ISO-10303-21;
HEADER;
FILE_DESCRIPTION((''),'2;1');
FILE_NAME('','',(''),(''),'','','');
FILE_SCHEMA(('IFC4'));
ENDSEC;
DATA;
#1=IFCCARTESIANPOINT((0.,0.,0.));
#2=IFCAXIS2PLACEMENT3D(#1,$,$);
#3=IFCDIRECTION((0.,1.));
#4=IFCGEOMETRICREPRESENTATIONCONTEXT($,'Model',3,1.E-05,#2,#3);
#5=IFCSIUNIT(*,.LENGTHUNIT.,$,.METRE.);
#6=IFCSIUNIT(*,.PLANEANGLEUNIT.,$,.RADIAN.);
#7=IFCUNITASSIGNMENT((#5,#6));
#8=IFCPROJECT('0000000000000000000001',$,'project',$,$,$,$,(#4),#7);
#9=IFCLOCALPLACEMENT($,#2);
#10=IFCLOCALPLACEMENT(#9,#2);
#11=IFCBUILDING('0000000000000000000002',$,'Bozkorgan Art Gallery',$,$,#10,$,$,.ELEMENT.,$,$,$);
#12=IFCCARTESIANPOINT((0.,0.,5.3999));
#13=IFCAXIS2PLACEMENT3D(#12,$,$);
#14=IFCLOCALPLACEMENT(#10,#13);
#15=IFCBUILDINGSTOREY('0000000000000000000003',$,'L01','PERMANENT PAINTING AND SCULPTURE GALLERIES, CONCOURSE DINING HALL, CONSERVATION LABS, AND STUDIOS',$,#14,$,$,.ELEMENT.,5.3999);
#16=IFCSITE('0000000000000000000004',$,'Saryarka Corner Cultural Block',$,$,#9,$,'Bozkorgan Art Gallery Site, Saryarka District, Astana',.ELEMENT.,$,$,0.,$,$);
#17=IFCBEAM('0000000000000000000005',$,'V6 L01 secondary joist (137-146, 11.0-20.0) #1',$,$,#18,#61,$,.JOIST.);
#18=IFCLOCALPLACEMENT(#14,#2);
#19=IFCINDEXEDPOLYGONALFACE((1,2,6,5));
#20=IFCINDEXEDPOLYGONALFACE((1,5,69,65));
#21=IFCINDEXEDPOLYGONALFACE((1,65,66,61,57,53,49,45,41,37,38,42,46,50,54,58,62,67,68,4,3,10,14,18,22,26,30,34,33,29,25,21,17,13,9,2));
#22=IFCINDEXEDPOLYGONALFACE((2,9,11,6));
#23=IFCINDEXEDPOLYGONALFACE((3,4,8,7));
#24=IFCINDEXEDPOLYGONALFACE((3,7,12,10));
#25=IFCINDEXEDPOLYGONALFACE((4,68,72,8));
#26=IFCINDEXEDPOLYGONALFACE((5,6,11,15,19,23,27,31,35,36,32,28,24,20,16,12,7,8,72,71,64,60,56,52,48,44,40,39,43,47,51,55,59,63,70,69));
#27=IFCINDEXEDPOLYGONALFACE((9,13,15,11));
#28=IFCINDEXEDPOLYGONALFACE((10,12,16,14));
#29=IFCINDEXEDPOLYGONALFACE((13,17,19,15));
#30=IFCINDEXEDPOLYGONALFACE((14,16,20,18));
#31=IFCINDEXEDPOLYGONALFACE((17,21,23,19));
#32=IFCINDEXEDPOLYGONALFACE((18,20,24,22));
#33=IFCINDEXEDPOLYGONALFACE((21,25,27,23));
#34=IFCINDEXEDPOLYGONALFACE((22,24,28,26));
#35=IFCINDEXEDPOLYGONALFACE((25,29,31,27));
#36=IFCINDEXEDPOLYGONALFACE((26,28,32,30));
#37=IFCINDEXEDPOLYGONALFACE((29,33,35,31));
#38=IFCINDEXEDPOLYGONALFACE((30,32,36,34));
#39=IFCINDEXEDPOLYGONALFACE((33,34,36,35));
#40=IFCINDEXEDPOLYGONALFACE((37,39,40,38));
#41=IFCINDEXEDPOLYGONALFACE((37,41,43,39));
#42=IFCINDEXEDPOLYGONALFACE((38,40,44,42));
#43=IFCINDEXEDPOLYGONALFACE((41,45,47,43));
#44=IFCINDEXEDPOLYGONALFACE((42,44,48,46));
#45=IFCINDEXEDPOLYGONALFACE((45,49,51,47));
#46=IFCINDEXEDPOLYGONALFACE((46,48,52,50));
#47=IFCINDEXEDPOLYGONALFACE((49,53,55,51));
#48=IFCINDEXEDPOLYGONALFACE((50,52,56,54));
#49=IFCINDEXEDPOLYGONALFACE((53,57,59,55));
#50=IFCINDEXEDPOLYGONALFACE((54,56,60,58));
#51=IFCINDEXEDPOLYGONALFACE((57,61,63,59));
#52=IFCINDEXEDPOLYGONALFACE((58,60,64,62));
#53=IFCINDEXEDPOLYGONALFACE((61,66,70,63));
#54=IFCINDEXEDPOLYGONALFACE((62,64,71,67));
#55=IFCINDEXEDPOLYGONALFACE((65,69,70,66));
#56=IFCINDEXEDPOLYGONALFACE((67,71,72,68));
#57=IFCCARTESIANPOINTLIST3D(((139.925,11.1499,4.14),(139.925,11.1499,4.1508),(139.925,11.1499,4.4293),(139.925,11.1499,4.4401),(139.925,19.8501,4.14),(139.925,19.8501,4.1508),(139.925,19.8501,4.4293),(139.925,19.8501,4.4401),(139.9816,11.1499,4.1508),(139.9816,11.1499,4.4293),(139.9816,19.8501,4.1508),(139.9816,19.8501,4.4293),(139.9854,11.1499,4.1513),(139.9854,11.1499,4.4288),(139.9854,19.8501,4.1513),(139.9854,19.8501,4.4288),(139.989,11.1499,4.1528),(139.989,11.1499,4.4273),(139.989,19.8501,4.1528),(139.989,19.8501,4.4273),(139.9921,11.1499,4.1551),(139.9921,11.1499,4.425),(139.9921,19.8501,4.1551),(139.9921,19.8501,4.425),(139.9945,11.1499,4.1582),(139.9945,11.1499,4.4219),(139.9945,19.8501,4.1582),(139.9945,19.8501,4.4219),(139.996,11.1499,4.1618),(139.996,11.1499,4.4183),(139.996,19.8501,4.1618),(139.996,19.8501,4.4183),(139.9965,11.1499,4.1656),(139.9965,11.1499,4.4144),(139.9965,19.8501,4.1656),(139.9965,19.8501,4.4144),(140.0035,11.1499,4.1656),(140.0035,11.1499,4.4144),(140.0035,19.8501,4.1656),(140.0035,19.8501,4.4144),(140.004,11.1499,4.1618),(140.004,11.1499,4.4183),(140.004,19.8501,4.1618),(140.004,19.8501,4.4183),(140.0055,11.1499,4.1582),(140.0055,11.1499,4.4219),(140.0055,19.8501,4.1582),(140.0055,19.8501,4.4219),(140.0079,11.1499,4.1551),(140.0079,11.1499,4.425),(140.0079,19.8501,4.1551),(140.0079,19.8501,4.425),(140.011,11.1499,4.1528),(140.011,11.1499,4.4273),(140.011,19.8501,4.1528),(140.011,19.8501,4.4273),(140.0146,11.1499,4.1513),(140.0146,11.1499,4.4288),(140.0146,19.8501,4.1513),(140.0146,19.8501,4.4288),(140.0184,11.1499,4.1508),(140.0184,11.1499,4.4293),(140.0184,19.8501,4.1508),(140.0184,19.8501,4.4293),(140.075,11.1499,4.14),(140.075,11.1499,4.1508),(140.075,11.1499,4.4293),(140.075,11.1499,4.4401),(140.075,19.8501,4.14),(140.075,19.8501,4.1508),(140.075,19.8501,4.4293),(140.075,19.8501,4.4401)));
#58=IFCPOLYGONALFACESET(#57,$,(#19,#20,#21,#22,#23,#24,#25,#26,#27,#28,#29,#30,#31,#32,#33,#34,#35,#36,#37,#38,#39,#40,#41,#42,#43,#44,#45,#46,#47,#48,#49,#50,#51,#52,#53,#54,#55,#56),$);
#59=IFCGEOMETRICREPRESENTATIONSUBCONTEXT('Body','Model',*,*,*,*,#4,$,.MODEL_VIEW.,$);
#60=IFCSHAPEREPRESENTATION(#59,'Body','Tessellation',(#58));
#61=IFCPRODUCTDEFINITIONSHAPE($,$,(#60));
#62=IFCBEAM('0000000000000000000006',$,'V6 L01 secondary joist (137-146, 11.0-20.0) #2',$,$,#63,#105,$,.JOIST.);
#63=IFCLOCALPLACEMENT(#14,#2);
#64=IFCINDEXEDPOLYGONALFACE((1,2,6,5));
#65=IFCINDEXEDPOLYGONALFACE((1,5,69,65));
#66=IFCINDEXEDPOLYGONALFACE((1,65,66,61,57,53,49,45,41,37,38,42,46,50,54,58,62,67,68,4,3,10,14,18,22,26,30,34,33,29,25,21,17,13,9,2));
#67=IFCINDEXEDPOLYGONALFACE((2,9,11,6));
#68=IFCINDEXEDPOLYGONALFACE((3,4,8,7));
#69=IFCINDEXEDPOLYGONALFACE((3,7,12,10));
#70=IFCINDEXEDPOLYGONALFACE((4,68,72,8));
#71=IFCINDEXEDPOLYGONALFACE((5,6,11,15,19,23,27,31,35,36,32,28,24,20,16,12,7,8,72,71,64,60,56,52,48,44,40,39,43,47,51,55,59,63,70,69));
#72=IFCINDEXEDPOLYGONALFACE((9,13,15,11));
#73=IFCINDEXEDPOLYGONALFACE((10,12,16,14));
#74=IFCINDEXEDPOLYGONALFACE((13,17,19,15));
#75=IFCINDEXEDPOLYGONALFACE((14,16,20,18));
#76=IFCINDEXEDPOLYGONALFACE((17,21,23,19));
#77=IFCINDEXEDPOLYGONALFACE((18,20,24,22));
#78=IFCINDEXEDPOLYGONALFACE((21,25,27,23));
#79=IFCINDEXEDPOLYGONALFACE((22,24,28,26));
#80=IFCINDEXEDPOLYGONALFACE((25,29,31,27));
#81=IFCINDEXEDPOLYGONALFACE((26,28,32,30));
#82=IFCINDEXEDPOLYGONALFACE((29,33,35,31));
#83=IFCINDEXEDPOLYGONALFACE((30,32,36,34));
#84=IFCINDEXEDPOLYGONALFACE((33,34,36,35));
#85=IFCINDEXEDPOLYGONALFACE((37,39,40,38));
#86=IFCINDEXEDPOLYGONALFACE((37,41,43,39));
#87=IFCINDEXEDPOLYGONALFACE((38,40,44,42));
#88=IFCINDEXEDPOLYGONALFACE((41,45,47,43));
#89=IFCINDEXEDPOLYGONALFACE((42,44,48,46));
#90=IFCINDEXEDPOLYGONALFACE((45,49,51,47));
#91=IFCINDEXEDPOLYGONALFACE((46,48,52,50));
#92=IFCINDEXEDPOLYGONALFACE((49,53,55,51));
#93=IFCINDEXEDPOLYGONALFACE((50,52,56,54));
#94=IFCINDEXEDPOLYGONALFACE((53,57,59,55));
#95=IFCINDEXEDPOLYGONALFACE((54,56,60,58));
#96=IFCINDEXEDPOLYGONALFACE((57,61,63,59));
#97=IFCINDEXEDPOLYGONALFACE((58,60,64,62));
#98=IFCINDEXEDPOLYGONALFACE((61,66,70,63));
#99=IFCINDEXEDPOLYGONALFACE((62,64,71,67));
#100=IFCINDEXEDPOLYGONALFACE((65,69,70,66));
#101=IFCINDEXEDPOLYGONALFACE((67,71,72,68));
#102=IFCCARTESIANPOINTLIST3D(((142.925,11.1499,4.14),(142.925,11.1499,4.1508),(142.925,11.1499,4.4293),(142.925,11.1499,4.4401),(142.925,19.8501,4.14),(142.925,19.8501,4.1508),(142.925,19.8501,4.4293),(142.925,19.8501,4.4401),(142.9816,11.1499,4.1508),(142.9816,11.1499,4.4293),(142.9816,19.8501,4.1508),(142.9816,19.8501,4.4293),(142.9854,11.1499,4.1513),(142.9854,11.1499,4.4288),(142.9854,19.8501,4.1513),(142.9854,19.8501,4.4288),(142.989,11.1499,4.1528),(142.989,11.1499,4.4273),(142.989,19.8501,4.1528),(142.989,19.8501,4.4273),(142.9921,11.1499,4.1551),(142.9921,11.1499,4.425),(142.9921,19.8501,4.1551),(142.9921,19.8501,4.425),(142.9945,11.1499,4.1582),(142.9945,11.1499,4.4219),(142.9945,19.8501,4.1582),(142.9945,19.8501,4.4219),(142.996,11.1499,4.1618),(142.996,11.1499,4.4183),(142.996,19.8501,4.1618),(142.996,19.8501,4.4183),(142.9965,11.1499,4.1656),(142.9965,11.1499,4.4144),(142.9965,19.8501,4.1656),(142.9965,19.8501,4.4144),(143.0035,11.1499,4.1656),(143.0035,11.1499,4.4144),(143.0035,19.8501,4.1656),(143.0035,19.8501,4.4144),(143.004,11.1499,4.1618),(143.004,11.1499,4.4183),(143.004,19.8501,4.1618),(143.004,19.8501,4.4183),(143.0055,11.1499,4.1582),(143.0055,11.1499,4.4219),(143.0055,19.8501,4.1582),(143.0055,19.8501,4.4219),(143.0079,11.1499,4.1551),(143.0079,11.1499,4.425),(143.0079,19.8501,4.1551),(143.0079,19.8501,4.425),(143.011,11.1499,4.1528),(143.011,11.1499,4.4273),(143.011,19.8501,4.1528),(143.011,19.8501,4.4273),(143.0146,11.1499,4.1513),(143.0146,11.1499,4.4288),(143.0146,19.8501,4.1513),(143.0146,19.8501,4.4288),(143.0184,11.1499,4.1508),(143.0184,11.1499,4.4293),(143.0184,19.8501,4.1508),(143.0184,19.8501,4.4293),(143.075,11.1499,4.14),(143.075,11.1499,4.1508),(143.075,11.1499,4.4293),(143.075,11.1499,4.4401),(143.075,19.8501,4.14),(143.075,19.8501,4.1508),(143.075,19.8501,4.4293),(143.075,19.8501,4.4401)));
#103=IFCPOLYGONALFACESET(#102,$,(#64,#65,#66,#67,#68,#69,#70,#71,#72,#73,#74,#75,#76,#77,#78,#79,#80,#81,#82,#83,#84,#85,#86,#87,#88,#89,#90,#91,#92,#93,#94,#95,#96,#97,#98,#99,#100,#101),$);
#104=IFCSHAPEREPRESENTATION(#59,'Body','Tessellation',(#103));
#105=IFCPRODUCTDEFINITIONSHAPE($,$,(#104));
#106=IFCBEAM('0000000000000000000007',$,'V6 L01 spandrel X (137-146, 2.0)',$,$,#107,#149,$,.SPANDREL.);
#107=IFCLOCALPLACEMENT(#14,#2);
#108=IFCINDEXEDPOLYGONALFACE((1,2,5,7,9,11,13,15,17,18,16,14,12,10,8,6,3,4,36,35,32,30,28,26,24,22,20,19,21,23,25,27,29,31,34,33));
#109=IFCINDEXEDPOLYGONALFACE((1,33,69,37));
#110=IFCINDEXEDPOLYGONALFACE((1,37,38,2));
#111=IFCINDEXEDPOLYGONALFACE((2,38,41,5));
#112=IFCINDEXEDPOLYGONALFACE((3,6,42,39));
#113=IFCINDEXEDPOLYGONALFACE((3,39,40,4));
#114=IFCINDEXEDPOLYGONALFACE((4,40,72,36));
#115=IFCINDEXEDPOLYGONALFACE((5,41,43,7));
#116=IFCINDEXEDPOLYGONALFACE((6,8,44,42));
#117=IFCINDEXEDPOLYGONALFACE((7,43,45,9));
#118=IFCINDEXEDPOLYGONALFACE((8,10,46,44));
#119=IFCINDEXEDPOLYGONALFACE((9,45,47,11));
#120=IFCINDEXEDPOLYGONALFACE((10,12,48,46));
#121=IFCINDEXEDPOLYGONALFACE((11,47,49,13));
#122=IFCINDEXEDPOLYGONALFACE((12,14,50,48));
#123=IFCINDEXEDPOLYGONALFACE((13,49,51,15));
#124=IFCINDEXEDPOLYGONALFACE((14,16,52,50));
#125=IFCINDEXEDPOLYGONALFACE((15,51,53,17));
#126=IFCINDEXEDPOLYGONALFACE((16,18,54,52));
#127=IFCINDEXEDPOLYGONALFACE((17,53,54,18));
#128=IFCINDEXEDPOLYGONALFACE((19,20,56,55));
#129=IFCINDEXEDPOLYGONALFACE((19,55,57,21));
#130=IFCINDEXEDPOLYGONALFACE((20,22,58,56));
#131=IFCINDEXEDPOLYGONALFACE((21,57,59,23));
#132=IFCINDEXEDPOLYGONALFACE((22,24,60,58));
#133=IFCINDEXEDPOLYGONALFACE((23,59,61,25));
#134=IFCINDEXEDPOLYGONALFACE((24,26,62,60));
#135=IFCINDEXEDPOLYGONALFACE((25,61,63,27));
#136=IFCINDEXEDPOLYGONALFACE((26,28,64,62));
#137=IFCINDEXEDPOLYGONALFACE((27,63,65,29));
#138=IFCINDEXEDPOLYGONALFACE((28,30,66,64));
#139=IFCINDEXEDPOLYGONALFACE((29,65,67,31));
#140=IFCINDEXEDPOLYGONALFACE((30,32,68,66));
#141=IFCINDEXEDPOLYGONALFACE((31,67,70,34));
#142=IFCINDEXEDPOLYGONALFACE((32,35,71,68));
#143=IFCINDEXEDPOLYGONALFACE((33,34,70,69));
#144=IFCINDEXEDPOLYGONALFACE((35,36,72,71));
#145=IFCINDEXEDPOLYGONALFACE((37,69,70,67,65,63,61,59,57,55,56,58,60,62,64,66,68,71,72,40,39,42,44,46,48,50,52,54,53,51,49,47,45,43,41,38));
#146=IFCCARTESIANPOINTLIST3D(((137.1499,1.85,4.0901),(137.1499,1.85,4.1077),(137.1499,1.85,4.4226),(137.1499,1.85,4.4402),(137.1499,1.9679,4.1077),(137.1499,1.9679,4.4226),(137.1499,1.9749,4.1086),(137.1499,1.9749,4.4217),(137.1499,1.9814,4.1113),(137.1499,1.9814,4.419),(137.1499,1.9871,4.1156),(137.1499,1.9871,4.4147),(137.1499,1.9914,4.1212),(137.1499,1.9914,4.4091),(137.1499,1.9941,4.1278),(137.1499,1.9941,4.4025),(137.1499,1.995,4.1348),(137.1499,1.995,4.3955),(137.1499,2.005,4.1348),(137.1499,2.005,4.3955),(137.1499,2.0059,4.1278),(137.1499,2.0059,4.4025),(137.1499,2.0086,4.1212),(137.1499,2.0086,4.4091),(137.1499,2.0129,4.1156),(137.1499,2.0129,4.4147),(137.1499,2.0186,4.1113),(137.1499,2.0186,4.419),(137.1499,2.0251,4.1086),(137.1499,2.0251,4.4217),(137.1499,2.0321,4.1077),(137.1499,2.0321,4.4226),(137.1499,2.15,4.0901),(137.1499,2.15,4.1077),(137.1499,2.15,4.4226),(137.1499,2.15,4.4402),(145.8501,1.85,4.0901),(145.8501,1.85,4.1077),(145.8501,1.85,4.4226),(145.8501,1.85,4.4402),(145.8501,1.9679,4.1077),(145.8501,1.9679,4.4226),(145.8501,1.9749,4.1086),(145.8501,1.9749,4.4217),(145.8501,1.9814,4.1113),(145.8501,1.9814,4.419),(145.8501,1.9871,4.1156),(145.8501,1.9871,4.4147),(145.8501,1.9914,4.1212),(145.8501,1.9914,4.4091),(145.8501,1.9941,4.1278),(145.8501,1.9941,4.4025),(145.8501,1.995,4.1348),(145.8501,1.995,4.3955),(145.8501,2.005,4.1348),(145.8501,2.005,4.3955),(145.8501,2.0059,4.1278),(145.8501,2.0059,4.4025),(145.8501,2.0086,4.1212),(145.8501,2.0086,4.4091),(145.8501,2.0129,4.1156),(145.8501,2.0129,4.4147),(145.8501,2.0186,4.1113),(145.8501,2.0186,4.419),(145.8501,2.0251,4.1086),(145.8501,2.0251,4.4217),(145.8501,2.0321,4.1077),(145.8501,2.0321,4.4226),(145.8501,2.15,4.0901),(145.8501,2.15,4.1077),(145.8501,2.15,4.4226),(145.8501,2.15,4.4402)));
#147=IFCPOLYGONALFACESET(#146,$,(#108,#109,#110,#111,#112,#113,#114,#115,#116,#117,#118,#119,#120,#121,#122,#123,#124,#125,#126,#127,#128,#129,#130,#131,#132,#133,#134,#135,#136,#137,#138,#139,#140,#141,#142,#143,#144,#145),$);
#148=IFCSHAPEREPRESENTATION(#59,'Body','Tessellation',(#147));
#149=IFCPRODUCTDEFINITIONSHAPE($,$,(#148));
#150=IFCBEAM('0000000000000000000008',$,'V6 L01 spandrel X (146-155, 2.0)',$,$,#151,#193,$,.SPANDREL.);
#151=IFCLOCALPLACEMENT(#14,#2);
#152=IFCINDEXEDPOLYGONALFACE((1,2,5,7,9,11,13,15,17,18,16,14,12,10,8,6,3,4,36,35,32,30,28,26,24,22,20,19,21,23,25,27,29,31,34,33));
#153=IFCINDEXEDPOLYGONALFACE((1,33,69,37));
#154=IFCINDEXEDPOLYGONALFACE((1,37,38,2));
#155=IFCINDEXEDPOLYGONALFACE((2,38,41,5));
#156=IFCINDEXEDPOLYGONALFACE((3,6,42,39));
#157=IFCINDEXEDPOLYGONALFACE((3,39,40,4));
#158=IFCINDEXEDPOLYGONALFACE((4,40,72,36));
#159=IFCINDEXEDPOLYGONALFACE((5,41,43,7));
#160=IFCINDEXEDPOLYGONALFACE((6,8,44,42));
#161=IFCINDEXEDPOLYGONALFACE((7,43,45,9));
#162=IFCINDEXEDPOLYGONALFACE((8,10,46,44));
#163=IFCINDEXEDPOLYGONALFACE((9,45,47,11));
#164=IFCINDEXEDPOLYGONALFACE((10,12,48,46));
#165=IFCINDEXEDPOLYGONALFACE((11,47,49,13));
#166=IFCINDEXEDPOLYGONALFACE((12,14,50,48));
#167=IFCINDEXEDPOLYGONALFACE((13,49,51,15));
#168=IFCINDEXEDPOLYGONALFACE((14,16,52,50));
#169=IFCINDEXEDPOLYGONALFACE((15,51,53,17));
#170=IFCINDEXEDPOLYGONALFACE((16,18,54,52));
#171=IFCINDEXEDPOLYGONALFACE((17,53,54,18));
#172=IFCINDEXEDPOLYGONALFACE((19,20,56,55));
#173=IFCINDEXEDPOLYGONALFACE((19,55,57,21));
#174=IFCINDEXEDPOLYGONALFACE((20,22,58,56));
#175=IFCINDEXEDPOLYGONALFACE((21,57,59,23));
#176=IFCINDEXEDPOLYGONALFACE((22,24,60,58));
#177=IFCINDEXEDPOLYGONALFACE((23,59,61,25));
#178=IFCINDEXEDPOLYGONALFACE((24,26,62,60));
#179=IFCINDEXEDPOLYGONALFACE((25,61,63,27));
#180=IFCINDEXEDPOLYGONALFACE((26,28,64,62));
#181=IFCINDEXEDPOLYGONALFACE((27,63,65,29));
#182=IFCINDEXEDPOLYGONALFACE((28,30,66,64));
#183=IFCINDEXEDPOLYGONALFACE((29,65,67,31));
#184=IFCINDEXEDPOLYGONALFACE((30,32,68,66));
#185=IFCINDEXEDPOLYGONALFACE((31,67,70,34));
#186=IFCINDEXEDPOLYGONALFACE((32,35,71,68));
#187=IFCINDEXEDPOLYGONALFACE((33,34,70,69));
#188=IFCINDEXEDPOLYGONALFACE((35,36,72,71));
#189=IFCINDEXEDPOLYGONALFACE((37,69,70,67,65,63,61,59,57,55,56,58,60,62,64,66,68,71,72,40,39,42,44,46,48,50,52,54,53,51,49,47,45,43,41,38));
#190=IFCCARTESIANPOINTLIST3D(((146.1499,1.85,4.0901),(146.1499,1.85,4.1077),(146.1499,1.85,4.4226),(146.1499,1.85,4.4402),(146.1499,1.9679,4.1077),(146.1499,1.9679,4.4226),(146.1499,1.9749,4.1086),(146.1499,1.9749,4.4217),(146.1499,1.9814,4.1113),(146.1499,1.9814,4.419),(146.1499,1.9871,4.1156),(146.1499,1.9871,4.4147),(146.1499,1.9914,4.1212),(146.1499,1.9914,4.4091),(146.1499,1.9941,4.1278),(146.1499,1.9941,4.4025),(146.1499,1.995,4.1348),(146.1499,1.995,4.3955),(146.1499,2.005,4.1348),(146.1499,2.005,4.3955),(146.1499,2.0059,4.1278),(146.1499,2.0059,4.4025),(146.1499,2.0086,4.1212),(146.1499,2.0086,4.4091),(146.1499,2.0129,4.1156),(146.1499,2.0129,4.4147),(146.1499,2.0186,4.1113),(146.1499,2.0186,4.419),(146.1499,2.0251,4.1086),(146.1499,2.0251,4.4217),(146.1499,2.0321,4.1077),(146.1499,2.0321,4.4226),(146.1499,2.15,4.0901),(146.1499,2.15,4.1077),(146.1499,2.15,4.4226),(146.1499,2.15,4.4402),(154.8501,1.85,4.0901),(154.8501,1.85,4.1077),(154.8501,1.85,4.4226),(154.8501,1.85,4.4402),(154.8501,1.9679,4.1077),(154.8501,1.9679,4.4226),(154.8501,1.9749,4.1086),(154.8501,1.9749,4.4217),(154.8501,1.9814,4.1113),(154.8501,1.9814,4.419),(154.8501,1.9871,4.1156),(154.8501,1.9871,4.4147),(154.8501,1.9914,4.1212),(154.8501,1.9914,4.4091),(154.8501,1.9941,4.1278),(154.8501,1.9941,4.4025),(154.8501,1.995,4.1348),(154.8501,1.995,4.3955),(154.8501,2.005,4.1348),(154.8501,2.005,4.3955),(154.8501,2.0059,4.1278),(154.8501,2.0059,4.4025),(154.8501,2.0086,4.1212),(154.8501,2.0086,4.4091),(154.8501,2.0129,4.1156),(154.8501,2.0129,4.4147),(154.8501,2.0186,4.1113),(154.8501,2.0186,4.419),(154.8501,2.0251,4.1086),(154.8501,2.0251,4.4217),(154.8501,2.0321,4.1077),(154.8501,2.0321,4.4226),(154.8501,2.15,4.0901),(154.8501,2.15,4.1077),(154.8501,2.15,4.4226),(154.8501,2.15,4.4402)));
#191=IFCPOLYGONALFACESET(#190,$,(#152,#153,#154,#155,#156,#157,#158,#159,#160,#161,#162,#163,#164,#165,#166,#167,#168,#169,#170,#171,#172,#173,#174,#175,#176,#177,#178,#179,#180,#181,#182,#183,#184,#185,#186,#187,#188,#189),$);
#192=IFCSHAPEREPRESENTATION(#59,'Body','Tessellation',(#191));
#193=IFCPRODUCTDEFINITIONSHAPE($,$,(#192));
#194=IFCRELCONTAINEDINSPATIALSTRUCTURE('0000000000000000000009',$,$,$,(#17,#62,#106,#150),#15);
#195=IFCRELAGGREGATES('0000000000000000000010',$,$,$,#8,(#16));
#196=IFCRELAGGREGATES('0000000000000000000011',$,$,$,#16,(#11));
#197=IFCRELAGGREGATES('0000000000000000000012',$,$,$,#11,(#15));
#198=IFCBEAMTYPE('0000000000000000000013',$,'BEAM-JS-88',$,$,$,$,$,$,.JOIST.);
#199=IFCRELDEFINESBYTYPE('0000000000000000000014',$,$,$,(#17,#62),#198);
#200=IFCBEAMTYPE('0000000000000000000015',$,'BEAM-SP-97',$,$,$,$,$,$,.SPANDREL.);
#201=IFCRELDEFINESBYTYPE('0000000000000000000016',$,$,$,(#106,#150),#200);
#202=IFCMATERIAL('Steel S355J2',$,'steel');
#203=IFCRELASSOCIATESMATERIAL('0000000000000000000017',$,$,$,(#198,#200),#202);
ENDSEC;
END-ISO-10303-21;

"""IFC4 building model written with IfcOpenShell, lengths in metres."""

from ifc_helpers import new_model, si_unit, direction, frame, origin, origin_2d, place, context, subcontext, project, spatial, i_section, extrude, material, material_profile, profile_set, type_object, element, save


model = new_model("IFC4")

# Units and contexts
model_context = context("Model", 3, precision=1e-05, world=origin(), true_north=direction((0.0, 1.0)))
body_context = subcontext(model_context, "Body", "Model", "MODEL_VIEW")
ifc_project = project(units=[si_unit("LENGTHUNIT", "METRE"), si_unit("PLANEANGLEUNIT", "RADIAN")], contexts=[model_context])

# Site, building, storey
site_placement = place(None, origin())
site = spatial("IfcSite", under=ifc_project, at=site_placement, Name="Saryarka Corner Cultural Block", LongName="Bozkorgan Art Gallery Site, Saryarka District, Astana", CompositionType="ELEMENT", RefElevation=0.0)
building_placement = place(site_placement, origin())
building = spatial("IfcBuilding", under=site, at=building_placement, Name="Bozkorgan Art Gallery", CompositionType="ELEMENT")
storey_placement = place(building_placement, frame((0.0, 0.0, 5.3999)))
storey = spatial("IfcBuildingStorey", under=building, at=storey_placement, Name="L01", Description="PERMANENT PAINTING AND SCULPTURE GALLERIES, CONCOURSE DINING HALL, CONSERVATION LABS, AND STUDIOS", CompositionType="ELEMENT", Elevation=5.3999)

# Shared definitions
ifc_material_1 = material(Name="Steel S355J2", Category="steel")

# Beams
ifc_material_profile_1 = material_profile(ifc_material_1, i_section(OverallWidth=0.1499, OverallDepth=0.3, WebThickness=0.0071, FlangeThickness=0.0107, FilletRadius=0.0149, at=origin_2d()), Name="IPE 300")
ifc_profile_set_1 = profile_set([ifc_material_profile_1], Name="Steel S355J2")
beam_type_1 = type_object("IfcBeamType", Name="BEAM-JS-88", PredefinedType="JOIST", material=ifc_profile_set_1)
for number, where, z_axis, x_axis, name in (
    (1, (140.0, 11.1499, 4.29), (0.0, 1.0, 0.0), (-1.0, 0.0, 0.0), "V6 L01 secondary joist (137-146, 11.0-20.0) #1"),
    (2, (143.0, 11.1499, 4.29), (0.0, 1.0, 0.0), (-1.0, 0.0, 0.0), "V6 L01 secondary joist (137-146, 11.0-20.0) #2"),
):
    element("IfcBeam", number, at=place(storey_placement, frame(where, z_axis=z_axis, x_axis=x_axis)), inside=storey, type_object=beam_type_1, Name=name, PredefinedType="JOIST", context=body_context, shape_type="SweptSolid", body=[
        extrude(i_section(OverallWidth=0.1499, OverallDepth=0.3, WebThickness=0.0071, FlangeThickness=0.0107, FilletRadius=0.0149, at=origin_2d()), origin(), (0.0, 0.0, 1.0), 8.7002),
    ])
ifc_material_profile_2 = material_profile(ifc_material_1, i_section(OverallWidth=0.3, OverallDepth=0.3501, WebThickness=0.01, FlangeThickness=0.0176, FilletRadius=0.0271, at=origin_2d()), Name="HEA 360")
ifc_profile_set_2 = profile_set([ifc_material_profile_2], Name="Steel S355J2")
beam_type_2 = type_object("IfcBeamType", Name="BEAM-SP-97", PredefinedType="SPANDREL", material=ifc_profile_set_2)
for number, where, z_axis, x_axis, name in (
    (3, (137.1499, 2.0, 4.2651), (1.0, 0.0, 0.0), (0.0, 1.0, 0.0), "V6 L01 spandrel X (137-146, 2.0)"),
    (4, (146.1499, 2.0, 4.2651), (1.0, 0.0, 0.0), (0.0, 1.0, 0.0), "V6 L01 spandrel X (146-155, 2.0)"),
):
    element("IfcBeam", number, at=place(storey_placement, frame(where, z_axis=z_axis, x_axis=x_axis)), inside=storey, type_object=beam_type_2, Name=name, PredefinedType="SPANDREL", context=body_context, shape_type="SweptSolid", body=[
        extrude(i_section(OverallWidth=0.3, OverallDepth=0.3501, WebThickness=0.01, FlangeThickness=0.0176, FilletRadius=0.0271, at=origin_2d()), origin(), (0.0, 0.0, 1.0), 8.7002),
    ])

save(model, "model.ifc")
